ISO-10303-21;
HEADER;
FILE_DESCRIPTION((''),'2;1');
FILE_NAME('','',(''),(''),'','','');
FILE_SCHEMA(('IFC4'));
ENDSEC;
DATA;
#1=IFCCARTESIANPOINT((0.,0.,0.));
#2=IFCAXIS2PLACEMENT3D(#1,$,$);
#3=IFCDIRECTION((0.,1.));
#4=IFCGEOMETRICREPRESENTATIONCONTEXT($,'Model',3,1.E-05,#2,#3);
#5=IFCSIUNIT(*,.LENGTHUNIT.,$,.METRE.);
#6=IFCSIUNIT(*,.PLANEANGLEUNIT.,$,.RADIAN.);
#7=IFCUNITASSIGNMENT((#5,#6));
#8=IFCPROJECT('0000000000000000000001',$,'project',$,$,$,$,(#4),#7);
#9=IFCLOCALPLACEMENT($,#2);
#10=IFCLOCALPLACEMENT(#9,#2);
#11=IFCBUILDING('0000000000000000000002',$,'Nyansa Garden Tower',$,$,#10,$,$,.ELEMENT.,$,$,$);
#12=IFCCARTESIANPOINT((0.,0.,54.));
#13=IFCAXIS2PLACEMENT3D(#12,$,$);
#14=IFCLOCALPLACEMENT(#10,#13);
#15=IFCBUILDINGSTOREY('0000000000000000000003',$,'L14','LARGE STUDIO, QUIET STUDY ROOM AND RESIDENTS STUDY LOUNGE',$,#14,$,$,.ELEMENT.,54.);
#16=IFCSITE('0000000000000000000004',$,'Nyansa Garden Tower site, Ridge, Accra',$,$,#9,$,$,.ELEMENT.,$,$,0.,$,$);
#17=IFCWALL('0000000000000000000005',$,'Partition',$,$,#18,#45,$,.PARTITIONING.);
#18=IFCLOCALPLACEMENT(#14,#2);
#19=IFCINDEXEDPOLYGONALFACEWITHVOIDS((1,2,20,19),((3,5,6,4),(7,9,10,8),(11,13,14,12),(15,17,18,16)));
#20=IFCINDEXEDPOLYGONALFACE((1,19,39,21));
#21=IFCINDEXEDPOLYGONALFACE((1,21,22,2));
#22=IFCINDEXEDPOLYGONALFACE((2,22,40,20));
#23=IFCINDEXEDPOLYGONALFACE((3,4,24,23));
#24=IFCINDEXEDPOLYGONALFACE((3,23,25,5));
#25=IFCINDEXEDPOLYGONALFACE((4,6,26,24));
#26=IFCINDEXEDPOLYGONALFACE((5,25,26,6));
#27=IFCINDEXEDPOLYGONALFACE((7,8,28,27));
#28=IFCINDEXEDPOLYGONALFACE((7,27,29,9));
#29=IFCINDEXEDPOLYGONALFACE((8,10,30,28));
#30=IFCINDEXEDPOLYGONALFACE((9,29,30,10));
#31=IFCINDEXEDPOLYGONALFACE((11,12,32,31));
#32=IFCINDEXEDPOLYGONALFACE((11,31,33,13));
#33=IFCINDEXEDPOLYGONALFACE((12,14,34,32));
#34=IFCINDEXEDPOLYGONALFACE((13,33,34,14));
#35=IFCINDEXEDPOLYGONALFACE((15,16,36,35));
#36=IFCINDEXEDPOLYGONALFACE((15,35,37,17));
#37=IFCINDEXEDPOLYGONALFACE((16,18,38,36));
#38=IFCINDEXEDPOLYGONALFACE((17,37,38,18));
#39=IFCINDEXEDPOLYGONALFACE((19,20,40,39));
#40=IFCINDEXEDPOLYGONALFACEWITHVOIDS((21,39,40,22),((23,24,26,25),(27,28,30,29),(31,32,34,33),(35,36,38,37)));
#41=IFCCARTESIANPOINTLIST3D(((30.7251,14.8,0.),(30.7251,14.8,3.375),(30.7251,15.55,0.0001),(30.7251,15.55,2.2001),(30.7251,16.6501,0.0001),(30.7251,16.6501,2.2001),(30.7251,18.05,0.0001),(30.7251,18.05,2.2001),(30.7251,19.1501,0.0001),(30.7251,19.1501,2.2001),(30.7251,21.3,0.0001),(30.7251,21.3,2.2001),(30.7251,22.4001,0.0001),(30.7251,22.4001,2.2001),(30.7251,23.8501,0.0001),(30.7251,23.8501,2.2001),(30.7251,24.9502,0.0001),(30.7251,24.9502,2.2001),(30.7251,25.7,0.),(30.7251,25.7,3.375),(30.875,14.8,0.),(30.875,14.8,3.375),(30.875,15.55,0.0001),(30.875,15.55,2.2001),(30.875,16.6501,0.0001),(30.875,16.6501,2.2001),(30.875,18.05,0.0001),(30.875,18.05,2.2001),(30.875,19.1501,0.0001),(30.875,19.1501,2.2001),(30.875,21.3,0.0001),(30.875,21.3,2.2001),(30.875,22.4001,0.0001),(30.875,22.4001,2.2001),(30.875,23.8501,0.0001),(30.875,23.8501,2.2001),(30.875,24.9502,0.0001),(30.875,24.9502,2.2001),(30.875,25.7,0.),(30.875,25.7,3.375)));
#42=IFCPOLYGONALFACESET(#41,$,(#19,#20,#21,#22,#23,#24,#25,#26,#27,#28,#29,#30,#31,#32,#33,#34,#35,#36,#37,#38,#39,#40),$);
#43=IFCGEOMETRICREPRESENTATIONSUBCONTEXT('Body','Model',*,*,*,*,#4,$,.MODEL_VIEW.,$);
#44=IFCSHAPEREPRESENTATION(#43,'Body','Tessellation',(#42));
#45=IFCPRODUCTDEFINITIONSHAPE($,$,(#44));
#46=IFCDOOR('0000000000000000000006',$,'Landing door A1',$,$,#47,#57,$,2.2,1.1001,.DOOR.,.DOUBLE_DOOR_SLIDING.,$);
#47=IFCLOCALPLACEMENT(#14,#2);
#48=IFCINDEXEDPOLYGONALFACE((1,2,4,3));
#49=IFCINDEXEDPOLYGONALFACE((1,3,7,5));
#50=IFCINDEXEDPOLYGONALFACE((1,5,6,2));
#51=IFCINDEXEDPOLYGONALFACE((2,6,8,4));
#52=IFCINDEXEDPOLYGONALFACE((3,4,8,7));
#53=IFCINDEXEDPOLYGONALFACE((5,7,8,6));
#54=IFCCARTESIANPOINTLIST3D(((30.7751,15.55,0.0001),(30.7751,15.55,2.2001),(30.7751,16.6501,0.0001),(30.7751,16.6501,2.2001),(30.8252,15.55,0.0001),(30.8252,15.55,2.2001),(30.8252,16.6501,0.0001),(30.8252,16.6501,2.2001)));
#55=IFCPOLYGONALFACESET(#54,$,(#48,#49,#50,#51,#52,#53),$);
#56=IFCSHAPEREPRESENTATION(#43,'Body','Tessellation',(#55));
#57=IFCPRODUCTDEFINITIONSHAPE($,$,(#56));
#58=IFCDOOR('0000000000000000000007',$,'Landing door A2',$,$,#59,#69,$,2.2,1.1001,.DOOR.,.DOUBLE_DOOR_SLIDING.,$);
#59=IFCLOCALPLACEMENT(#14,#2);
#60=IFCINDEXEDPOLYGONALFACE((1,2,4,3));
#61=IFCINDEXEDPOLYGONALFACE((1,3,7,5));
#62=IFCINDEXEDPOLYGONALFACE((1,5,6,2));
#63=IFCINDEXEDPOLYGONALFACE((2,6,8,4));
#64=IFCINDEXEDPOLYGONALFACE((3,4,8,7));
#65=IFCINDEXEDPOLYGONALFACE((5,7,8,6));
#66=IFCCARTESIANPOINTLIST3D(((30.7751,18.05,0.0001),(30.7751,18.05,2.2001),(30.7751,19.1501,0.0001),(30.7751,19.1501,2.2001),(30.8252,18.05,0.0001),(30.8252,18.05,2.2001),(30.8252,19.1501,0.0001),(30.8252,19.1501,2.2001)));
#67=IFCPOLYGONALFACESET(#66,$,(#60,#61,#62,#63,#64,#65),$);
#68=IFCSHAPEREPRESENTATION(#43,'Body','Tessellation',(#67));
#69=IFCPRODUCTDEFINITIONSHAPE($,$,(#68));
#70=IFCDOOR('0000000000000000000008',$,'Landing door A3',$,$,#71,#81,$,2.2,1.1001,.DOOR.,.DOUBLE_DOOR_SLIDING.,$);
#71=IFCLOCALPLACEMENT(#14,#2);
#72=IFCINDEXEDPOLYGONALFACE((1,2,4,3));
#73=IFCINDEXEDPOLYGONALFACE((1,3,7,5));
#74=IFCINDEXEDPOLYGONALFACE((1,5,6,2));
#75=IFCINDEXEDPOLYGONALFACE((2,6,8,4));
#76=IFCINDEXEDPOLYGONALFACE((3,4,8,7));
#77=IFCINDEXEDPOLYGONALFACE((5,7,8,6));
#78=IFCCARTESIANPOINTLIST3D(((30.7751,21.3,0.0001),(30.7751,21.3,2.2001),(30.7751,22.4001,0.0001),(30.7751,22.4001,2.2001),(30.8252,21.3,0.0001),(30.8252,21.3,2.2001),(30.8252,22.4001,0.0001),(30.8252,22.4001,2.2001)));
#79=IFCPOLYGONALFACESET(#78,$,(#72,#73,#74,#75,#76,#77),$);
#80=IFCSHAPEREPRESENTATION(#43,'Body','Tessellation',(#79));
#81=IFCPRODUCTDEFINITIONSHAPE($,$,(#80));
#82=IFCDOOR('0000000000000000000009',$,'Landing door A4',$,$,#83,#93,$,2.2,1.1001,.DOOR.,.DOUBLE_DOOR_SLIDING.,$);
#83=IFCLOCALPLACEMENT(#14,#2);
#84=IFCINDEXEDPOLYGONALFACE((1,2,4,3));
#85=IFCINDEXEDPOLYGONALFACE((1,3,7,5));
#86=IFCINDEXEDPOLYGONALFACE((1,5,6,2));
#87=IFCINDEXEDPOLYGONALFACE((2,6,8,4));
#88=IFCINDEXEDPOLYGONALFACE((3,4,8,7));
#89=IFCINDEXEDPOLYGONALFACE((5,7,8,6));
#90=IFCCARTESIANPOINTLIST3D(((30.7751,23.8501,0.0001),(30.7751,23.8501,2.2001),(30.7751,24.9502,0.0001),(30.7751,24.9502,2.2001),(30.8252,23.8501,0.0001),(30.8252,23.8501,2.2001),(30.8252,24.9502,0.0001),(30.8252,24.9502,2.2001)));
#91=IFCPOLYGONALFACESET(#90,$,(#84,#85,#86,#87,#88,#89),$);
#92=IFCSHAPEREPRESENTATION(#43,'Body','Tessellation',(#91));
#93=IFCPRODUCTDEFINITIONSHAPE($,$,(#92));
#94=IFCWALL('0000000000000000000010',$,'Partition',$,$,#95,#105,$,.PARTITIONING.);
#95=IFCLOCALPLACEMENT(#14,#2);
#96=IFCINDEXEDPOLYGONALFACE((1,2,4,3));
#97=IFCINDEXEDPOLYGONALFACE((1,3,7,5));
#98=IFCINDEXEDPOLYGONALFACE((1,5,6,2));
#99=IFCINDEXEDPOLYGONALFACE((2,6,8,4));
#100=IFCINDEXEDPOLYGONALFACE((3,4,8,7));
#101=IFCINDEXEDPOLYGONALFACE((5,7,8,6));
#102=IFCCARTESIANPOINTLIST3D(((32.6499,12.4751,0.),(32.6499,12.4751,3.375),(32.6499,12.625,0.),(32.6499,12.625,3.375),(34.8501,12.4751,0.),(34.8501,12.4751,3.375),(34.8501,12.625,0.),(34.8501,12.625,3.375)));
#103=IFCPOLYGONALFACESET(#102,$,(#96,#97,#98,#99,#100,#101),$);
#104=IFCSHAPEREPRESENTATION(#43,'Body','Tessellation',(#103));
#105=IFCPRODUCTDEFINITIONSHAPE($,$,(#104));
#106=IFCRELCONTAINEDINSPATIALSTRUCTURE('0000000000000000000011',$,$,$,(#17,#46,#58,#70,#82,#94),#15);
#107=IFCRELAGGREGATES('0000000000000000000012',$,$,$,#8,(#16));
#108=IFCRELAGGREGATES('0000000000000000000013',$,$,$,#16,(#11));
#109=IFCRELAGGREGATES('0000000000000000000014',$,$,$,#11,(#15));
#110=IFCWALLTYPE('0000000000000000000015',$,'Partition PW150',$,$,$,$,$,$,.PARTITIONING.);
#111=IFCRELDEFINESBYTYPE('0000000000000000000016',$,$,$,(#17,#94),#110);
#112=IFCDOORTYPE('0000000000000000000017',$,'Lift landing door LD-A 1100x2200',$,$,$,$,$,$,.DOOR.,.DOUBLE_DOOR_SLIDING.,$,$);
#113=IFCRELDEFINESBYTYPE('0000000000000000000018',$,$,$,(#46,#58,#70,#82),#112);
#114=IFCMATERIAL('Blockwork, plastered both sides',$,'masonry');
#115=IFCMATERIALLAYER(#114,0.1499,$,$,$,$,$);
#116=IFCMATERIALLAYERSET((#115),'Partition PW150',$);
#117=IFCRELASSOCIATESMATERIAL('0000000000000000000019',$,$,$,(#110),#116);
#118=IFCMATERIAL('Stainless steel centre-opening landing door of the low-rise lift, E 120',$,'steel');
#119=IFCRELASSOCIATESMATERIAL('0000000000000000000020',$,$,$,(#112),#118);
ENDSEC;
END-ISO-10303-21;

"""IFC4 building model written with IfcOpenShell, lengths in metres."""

from ifc_helpers import new_model, si_unit, direction, frame, frame_2d, origin, place, context, subcontext, project, spatial, rectangle, extrude, material, layer, layer_set, type_object, element, fill, save


model = new_model("IFC4")

# Units and contexts
model_context = context("Model", 3, precision=1e-05, world=origin(), true_north=direction((0.0, 1.0)))
body_context = subcontext(model_context, "Body", "Model", "MODEL_VIEW")
ifc_project = project(units=[si_unit("LENGTHUNIT", "METRE"), si_unit("PLANEANGLEUNIT", "RADIAN")], contexts=[model_context])

# Site, building, storey
site_placement = place(None, origin())
site = spatial("IfcSite", under=ifc_project, at=site_placement, Name="Nyansa Garden Tower site, Ridge, Accra", CompositionType="ELEMENT", RefElevation=0.0)
building_placement = place(site_placement, origin())
building = spatial("IfcBuilding", under=site, at=building_placement, Name="Nyansa Garden Tower", CompositionType="ELEMENT")
storey_placement = place(building_placement, frame((0.0, 0.0, 54.0)))
storey = spatial("IfcBuildingStorey", under=building, at=storey_placement, Name="L14", Description="LARGE STUDIO, QUIET STUDY ROOM AND RESIDENTS STUDY LOUNGE", CompositionType="ELEMENT", Elevation=54.0)

# Shared definitions
ifc_material_1 = material(Name="Blockwork, plastered both sides", Category="masonry")
ifc_layer_1 = layer(ifc_material_1, 0.1499)
ifc_layer_set_1 = layer_set([ifc_layer_1], Name="Partition PW150")
wall_type_1 = type_object("IfcWallType", Name="Partition PW150", PredefinedType="PARTITIONING", material=ifc_layer_set_1)

# Wall, openings, doors
wall_1_placement = place(storey_placement, frame((30.8, 14.8, 0.0), z_axis=(0.0, 0.0, 1.0), x_axis=(0.0, 1.0, 0.0)))
wall_1 = element("IfcWall", 1, at=wall_1_placement, inside=storey, type_object=wall_type_1, Name="Partition", PredefinedType="PARTITIONING", context=body_context, shape_type="SweptSolid", body=[
    extrude(rectangle(XDim=10.8999, YDim=0.1499, at=frame_2d((5.45, 0.0))), origin(), (0.0, 0.0, 1.0), 3.375),
])
opening_1_placement = place(wall_1_placement, frame((0.75, 0.0, 0.0)))
opening_1 = element("IfcOpeningElement", 2, at=opening_1_placement, cuts=wall_1, PredefinedType="OPENING", context=body_context, shape_type="SweptSolid", body=[
    extrude(rectangle(XDim=1.1001, YDim=2.2, at=frame_2d((0.55, 1.1001))), frame((0.0, 0.085, 0.0), z_axis=(0.0, -1.0, 0.0), x_axis=(1.0, 0.0, 0.0)), (0.0, 0.0, 1.0), 0.1699),
])
opening_2_placement = place(wall_1_placement, frame((3.25, 0.0, 0.0)))
opening_2 = element("IfcOpeningElement", 3, at=opening_2_placement, cuts=wall_1, PredefinedType="OPENING", context=body_context, shape_type="SweptSolid", body=[
    extrude(rectangle(XDim=1.1001, YDim=2.2, at=frame_2d((0.55, 1.1001))), frame((0.0, 0.085, 0.0), z_axis=(0.0, -1.0, 0.0), x_axis=(1.0, 0.0, 0.0)), (0.0, 0.0, 1.0), 0.1699),
])
opening_3_placement = place(wall_1_placement, frame((6.5, 0.0, 0.0)))
opening_3 = element("IfcOpeningElement", 4, at=opening_3_placement, cuts=wall_1, PredefinedType="OPENING", context=body_context, shape_type="SweptSolid", body=[
    extrude(rectangle(XDim=1.1001, YDim=2.2, at=frame_2d((0.55, 1.1001))), frame((0.0, 0.085, 0.0), z_axis=(0.0, -1.0, 0.0), x_axis=(1.0, 0.0, 0.0)), (0.0, 0.0, 1.0), 0.1699),
])
opening_4_placement = place(wall_1_placement, frame((9.05, 0.0, 0.0)))
opening_4 = element("IfcOpeningElement", 5, at=opening_4_placement, cuts=wall_1, PredefinedType="OPENING", context=body_context, shape_type="SweptSolid", body=[
    extrude(rectangle(XDim=1.1001, YDim=2.2, at=frame_2d((0.55, 1.1001))), frame((0.0, 0.085, 0.0), z_axis=(0.0, -1.0, 0.0), x_axis=(1.0, 0.0, 0.0)), (0.0, 0.0, 1.0), 0.1699),
])
ifc_material_2 = material(Name="Stainless steel centre-opening landing door of the low-rise lift, E 120", Category="steel")
door_type_1 = type_object("IfcDoorType", Name="Lift landing door LD-A 1100x2200", OperationType="DOUBLE_DOOR_SLIDING", PredefinedType="DOOR", material=ifc_material_2)
door_1_placement = place(opening_1_placement, origin())
door_1 = element("IfcDoor", 6, at=door_1_placement, inside=storey, type_object=door_type_1, Name="Landing door A1", OperationType="DOUBLE_DOOR_SLIDING", OverallHeight=2.2, OverallWidth=1.1001, PredefinedType="DOOR", context=body_context, shape_type="SweptSolid", body=[
    extrude(rectangle(XDim=1.1001, YDim=2.2, at=frame_2d((0.55, 1.1001))), frame((0.0, 0.0249, 0.0), z_axis=(0.0, -1.0, 0.0), x_axis=(1.0, 0.0, 0.0)), (0.0, 0.0, 1.0), 0.05),
])
fill(opening_1, door_1)
door_2_placement = place(opening_2_placement, origin())
door_2 = element("IfcDoor", 7, at=door_2_placement, inside=storey, type_object=door_type_1, Name="Landing door A2", OperationType="DOUBLE_DOOR_SLIDING", OverallHeight=2.2, OverallWidth=1.1001, PredefinedType="DOOR", context=body_context, shape_type="SweptSolid", body=[
    extrude(rectangle(XDim=1.1001, YDim=2.2, at=frame_2d((0.55, 1.1001))), frame((0.0, 0.0249, 0.0), z_axis=(0.0, -1.0, 0.0), x_axis=(1.0, 0.0, 0.0)), (0.0, 0.0, 1.0), 0.05),
])
fill(opening_2, door_2)
door_3_placement = place(opening_3_placement, origin())
door_3 = element("IfcDoor", 8, at=door_3_placement, inside=storey, type_object=door_type_1, Name="Landing door A3", OperationType="DOUBLE_DOOR_SLIDING", OverallHeight=2.2, OverallWidth=1.1001, PredefinedType="DOOR", context=body_context, shape_type="SweptSolid", body=[
    extrude(rectangle(XDim=1.1001, YDim=2.2, at=frame_2d((0.55, 1.1001))), frame((0.0, 0.0249, 0.0), z_axis=(0.0, -1.0, 0.0), x_axis=(1.0, 0.0, 0.0)), (0.0, 0.0, 1.0), 0.05),
])
fill(opening_3, door_3)
door_4_placement = place(opening_4_placement, origin())
door_4 = element("IfcDoor", 9, at=door_4_placement, inside=storey, type_object=door_type_1, Name="Landing door A4", OperationType="DOUBLE_DOOR_SLIDING", OverallHeight=2.2, OverallWidth=1.1001, PredefinedType="DOOR", context=body_context, shape_type="SweptSolid", body=[
    extrude(rectangle(XDim=1.1001, YDim=2.2, at=frame_2d((0.55, 1.1001))), frame((0.0, 0.0249, 0.0), z_axis=(0.0, -1.0, 0.0), x_axis=(1.0, 0.0, 0.0)), (0.0, 0.0, 1.0), 0.05),
])
fill(opening_4, door_4)

# Wall
wall_2_placement = place(storey_placement, frame((32.6499, 12.55, 0.0), z_axis=(0.0, 0.0, 1.0), x_axis=(1.0, 0.0, 0.0)))
element("IfcWall", 10, at=wall_2_placement, inside=storey, type_object=wall_type_1, Name="Partition", PredefinedType="PARTITIONING", context=body_context, shape_type="SweptSolid", body=[
    extrude(rectangle(XDim=2.2002, YDim=0.1499, at=frame_2d((1.1001, 0.0))), origin(), (0.0, 0.0, 1.0), 3.375),
])

save(model, "model.ifc")
